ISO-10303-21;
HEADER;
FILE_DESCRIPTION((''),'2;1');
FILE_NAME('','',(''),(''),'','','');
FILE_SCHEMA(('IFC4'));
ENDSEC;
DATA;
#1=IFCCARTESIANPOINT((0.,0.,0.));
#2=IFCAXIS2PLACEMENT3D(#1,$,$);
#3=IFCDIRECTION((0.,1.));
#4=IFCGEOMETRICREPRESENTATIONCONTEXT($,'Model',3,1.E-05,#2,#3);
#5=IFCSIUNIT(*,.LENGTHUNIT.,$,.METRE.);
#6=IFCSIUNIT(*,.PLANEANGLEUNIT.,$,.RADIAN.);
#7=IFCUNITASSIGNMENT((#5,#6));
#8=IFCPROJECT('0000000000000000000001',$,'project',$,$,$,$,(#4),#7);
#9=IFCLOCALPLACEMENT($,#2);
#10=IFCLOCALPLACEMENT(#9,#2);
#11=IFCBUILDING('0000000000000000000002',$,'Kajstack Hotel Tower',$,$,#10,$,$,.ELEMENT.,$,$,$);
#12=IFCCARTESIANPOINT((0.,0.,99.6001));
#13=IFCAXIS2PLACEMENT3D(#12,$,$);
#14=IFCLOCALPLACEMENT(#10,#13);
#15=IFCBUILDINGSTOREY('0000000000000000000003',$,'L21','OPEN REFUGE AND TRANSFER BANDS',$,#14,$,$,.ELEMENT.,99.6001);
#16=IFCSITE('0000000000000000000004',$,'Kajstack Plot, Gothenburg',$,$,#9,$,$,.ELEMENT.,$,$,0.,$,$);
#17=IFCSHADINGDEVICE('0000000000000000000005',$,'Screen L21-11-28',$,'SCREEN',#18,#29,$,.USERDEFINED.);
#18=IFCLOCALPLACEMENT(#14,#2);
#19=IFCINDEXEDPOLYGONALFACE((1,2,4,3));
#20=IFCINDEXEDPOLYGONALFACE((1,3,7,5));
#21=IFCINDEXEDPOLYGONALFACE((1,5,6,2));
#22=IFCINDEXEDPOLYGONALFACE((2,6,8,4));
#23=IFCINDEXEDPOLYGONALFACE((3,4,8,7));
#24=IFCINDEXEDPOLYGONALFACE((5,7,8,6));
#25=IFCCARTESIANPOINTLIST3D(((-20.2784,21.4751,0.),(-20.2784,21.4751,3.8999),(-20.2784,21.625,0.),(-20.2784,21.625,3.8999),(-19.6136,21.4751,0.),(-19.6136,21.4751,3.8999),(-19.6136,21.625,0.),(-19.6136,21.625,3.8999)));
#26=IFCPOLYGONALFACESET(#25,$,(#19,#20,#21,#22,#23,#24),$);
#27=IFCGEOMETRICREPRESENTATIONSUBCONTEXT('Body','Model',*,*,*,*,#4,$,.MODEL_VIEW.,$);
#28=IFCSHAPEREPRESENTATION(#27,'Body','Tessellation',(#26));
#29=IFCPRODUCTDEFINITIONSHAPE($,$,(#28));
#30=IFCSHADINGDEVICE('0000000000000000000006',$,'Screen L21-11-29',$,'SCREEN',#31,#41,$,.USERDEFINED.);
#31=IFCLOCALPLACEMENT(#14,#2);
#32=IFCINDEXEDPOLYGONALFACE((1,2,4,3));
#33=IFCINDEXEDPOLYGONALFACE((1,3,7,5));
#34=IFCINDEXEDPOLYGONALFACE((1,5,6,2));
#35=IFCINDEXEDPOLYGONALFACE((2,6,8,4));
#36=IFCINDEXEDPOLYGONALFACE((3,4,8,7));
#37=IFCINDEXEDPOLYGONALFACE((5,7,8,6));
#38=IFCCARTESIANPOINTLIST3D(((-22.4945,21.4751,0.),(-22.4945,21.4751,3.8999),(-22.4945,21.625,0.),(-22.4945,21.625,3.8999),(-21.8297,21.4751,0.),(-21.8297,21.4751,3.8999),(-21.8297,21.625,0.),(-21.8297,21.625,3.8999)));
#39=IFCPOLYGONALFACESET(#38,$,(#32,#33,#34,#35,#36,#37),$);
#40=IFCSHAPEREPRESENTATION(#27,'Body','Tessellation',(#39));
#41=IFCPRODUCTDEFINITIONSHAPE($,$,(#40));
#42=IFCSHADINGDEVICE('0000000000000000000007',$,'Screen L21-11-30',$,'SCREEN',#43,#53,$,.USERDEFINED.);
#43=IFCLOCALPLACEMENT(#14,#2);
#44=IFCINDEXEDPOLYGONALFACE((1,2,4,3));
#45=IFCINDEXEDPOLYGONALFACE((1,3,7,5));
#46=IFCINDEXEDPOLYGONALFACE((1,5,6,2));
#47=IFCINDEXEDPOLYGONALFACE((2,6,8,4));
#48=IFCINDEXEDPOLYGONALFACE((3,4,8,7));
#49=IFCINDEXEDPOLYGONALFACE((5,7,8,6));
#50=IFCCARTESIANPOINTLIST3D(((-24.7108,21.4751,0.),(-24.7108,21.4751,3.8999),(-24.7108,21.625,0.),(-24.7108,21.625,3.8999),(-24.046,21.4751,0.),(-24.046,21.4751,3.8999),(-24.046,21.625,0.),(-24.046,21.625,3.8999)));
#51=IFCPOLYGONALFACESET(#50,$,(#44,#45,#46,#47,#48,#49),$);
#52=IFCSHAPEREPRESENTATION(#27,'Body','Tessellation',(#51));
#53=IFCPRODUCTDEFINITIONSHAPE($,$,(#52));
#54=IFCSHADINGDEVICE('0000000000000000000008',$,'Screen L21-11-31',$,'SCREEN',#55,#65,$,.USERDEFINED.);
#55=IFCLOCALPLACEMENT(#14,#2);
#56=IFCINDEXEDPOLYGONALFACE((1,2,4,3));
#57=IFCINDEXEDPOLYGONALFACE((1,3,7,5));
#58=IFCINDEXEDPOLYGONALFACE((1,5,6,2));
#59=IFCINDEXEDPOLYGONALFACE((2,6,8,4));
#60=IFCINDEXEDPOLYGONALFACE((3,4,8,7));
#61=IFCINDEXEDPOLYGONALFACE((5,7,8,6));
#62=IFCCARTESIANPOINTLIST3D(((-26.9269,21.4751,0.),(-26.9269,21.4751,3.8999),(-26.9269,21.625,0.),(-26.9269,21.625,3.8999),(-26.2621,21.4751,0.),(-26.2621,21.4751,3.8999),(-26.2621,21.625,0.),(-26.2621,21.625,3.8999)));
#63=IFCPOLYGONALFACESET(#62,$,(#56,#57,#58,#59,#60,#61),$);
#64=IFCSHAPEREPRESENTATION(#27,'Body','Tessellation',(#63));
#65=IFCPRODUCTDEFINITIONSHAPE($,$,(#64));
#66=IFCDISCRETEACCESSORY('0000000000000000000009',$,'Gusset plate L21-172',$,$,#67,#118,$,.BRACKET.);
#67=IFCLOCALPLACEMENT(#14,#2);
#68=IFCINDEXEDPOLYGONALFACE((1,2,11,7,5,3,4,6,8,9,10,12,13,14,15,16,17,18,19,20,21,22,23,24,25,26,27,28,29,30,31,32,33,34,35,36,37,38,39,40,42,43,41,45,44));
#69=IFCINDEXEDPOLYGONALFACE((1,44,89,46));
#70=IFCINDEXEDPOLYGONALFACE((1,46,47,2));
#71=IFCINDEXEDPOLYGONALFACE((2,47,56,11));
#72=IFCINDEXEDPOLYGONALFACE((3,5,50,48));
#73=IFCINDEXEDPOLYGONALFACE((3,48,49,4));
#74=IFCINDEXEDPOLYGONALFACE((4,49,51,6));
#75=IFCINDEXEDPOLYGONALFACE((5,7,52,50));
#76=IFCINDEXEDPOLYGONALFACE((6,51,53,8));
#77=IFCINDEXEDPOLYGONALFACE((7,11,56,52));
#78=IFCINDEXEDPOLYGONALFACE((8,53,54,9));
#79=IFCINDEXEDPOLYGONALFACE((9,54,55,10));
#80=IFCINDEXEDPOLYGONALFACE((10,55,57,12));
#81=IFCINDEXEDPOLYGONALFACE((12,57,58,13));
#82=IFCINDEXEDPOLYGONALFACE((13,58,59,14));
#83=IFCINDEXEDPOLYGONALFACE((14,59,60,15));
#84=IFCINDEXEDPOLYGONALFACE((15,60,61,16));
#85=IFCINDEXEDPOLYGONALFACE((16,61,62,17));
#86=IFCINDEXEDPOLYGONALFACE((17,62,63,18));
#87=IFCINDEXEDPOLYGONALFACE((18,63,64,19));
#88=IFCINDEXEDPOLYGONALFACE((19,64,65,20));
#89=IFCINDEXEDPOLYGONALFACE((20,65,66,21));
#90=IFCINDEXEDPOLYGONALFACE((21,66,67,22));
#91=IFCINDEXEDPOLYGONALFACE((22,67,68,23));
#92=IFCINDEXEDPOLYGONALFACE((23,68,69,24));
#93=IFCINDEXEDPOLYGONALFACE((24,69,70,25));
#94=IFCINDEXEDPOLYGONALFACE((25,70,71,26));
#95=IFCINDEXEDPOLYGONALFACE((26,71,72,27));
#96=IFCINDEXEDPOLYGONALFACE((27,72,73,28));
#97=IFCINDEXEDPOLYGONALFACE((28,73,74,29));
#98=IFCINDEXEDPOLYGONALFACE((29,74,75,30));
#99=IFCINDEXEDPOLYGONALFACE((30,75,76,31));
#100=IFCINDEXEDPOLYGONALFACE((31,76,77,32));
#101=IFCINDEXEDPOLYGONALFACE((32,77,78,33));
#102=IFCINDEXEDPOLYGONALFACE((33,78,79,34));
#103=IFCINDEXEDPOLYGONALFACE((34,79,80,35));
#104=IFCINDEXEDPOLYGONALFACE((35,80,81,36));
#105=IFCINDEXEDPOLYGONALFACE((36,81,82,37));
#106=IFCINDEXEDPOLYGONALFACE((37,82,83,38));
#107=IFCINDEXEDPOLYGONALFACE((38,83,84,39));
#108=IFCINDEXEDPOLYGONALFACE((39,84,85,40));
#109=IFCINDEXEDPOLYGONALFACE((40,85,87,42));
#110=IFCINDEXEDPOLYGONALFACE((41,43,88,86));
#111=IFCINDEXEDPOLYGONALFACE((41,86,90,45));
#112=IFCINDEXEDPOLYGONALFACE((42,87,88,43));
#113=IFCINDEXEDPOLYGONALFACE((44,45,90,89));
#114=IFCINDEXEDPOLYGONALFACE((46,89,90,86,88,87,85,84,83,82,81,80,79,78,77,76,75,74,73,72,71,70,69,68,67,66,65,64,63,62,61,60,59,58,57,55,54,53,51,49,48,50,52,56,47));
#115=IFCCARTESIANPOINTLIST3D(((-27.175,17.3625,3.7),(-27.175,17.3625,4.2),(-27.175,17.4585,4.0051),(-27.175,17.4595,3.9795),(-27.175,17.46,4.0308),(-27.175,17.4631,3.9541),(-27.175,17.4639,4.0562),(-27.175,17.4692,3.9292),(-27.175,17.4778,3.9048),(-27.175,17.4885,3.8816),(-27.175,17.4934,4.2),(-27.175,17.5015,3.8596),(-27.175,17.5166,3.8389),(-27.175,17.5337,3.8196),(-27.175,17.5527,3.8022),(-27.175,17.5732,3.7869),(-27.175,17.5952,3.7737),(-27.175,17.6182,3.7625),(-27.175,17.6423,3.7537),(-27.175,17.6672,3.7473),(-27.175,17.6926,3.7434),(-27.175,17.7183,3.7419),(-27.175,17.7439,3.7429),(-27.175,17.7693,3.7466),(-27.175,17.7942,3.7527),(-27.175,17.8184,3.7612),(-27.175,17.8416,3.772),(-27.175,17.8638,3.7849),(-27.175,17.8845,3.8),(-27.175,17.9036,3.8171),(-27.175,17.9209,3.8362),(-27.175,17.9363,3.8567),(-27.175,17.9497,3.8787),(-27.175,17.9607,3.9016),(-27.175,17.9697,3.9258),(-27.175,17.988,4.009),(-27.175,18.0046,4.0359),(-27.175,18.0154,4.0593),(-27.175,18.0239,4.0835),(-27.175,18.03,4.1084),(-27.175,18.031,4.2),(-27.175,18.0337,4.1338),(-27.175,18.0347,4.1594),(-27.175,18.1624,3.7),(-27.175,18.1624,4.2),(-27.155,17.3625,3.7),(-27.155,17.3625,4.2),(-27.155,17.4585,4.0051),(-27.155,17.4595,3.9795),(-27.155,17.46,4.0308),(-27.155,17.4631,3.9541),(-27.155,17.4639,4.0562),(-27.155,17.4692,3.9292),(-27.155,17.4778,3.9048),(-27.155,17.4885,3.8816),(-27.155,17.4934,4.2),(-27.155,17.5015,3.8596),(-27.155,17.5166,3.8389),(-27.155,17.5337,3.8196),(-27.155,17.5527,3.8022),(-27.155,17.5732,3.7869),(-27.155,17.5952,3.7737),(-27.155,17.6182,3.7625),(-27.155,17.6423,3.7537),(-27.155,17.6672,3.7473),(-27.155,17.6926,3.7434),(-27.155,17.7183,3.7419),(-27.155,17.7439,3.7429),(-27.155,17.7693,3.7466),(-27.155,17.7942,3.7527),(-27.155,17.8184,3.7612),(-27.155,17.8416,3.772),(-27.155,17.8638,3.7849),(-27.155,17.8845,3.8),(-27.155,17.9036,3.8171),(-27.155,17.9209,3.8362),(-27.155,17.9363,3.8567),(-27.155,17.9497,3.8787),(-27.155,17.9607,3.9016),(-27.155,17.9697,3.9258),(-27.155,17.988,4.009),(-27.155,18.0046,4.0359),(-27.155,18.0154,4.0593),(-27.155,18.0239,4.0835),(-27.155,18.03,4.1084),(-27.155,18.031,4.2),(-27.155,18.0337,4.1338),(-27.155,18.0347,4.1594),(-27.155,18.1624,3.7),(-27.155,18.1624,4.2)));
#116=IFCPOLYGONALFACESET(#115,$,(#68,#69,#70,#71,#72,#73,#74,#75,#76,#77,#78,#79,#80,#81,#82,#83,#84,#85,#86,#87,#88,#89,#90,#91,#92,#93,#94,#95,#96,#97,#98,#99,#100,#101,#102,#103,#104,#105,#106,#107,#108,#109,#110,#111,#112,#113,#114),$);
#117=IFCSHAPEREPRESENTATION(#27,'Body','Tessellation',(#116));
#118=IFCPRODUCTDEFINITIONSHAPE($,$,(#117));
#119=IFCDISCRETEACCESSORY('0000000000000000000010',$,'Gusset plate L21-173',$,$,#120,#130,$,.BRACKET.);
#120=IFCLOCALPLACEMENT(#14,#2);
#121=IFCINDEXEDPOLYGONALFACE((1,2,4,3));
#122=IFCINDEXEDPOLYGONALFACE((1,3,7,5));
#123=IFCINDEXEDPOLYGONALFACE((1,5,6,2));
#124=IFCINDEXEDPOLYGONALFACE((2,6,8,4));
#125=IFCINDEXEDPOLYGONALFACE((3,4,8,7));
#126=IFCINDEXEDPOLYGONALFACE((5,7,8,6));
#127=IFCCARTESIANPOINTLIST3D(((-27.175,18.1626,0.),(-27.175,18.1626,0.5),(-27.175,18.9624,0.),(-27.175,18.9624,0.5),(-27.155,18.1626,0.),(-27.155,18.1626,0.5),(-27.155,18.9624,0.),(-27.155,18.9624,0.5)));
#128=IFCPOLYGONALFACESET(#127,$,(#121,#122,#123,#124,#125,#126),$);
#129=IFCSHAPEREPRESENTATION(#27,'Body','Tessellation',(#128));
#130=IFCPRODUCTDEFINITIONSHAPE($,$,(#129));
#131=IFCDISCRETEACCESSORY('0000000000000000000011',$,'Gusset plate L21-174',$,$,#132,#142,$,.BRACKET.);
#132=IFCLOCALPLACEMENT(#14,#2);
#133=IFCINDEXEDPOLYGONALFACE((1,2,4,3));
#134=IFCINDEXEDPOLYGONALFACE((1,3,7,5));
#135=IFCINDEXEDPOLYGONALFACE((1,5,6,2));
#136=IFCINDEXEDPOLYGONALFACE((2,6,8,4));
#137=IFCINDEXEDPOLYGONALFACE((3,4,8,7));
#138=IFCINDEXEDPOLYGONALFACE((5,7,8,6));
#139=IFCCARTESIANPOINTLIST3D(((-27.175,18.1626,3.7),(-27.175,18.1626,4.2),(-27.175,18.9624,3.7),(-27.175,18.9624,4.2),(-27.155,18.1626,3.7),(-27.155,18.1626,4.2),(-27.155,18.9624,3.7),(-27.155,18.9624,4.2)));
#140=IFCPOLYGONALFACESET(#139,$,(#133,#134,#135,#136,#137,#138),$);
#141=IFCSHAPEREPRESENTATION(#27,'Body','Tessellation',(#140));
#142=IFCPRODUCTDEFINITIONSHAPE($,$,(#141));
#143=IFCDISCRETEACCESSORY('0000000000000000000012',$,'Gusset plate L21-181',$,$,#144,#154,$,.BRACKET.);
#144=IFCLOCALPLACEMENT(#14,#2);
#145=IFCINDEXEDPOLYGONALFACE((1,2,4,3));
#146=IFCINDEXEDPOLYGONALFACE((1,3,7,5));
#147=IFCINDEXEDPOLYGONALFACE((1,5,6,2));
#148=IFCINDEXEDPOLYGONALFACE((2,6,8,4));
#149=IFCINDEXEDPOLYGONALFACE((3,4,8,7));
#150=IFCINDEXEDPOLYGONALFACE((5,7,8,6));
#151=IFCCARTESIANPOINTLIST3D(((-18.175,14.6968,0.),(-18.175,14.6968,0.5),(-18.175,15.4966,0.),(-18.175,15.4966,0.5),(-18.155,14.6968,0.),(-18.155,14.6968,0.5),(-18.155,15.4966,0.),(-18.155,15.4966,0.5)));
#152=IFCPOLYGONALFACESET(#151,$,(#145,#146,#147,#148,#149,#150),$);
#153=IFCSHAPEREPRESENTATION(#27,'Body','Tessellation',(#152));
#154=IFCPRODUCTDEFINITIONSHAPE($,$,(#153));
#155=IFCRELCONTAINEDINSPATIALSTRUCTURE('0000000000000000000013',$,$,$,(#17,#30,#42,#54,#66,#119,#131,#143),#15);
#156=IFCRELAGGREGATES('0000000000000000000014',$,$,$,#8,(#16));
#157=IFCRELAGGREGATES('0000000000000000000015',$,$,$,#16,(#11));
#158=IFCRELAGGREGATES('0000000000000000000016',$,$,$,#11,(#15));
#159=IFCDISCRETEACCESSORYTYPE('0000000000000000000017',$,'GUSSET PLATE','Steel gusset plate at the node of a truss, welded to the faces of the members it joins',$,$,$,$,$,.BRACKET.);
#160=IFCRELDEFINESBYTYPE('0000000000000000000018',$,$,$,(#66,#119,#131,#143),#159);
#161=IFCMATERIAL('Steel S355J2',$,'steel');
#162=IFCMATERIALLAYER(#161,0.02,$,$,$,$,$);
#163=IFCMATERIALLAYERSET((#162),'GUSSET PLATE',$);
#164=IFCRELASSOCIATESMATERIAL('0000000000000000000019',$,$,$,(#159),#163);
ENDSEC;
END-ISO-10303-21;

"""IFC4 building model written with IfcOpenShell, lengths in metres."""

from ifc_helpers import new_model, si_unit, direction, frame, origin, origin_2d, place, context, subcontext, project, spatial, polyline, rectangle, outline, extrude, material, layer, layer_set, type_object, element, save


model = new_model("IFC4")

# Units and contexts
model_context = context("Model", 3, precision=1e-05, world=origin(), true_north=direction((0.0, 1.0)))
body_context = subcontext(model_context, "Body", "Model", "MODEL_VIEW")
ifc_project = project(units=[si_unit("LENGTHUNIT", "METRE"), si_unit("PLANEANGLEUNIT", "RADIAN")], contexts=[model_context])

# Site, building, storey
site_placement = place(None, origin())
site = spatial("IfcSite", under=ifc_project, at=site_placement, Name="Kajstack Plot, Gothenburg", CompositionType="ELEMENT", RefElevation=0.0)
building_placement = place(site_placement, origin())
building = spatial("IfcBuilding", under=site, at=building_placement, Name="Kajstack Hotel Tower", CompositionType="ELEMENT")
storey_placement = place(building_placement, frame((0.0, 0.0, 99.6001)))
storey = spatial("IfcBuildingStorey", under=building, at=storey_placement, Name="L21", Description="OPEN REFUGE AND TRANSFER BANDS", CompositionType="ELEMENT", Elevation=99.6001)

# Shared definitions
ifc_material = material(Name="Steel S355J2", Category="steel")

# Shading devices
for number, where, z_axis, x_axis, name in (
    (1, (-19.946, 21.55, 0.0), (0.0, 0.0, 1.0), (-1.0, 0.0, 0.0), "Screen L21-11-28"),
    (2, (-22.1621, 21.55, 0.0), (0.0, 0.0, 1.0), (-1.0, 0.0, 0.0), "Screen L21-11-29"),
    (3, (-24.3784, 21.55, 0.0), (0.0, 0.0, 1.0), (-1.0, 0.0, 0.0), "Screen L21-11-30"),
    (4, (-26.5945, 21.55, 0.0), (0.0, 0.0, 1.0), (-1.0, 0.0, 0.0), "Screen L21-11-31"),
):
    element("IfcShadingDevice", number, at=place(storey_placement, frame(where, z_axis=z_axis, x_axis=x_axis)), inside=storey, Name=name, ObjectType="SCREEN", PredefinedType="USERDEFINED", context=body_context, shape_type="SweptSolid", body=[
        extrude(rectangle(XDim=0.6648, YDim=0.1499, at=origin_2d()), origin(), (0.0, 0.0, 1.0), 3.8999),
    ])

# Discrete accessories
ifc_layer = layer(ifc_material, 0.02)
ifc_layer_set = layer_set([ifc_layer], Name="GUSSET PLATE")
discrete_accessory_type = type_object("IfcDiscreteAccessoryType", Name="GUSSET PLATE", Description="Steel gusset plate at the node of a truss, welded to the faces of the members it joins", PredefinedType="BRACKET", material=ifc_layer_set)
discrete_accessory_1_placement = place(storey_placement, frame((-27.175, 17.7625, 3.7), z_axis=(1.0, 0.0, 0.0), x_axis=(0.0, 1.0, 0.0)))
element("IfcDiscreteAccessory", 5, at=discrete_accessory_1_placement, inside=storey, type_object=discrete_accessory_type, Name="Gusset plate L21-172", PredefinedType="BRACKET", context=body_context, shape_type="SweptSolid", body=[
    extrude(outline(polyline([(0.3999, 0.5), (0.2686, 0.5), (0.2722, 0.4595), (0.2712, 0.4338), (0.2676, 0.4084), (0.2615, 0.3835), (0.2529, 0.3594), (0.2422, 0.3359), (0.2256, 0.3091), (0.2073, 0.2258), (0.1982, 0.2017), (0.1873, 0.1787), (0.1738, 0.1567), (0.1584, 0.1362), (0.1411, 0.1172), (0.1221, 0.1001), (0.1013, 0.085), (0.0791, 0.072), (0.0559, 0.0613), (0.0317, 0.0527), (0.0068, 0.0466), (-0.0186, 0.043), (-0.0442, 0.042), (-0.0698, 0.0435), (-0.0952, 0.0474), (-0.1201, 0.0537), (-0.1443, 0.0625), (-0.1672, 0.0737), (-0.1892, 0.0869), (-0.2097, 0.1023), (-0.2288, 0.1196), (-0.2458, 0.1389), (-0.261, 0.1597), (-0.2739, 0.1816), (-0.2847, 0.2048), (-0.2932, 0.2292), (-0.2993, 0.2542), (-0.303, 0.2795), (-0.304, 0.3052), (-0.3025, 0.3308), (-0.2986, 0.3562), (-0.269, 0.5), (-0.3999, 0.5), (-0.3999, 0.0), (0.3999, 0.0), (0.3999, 0.5)])), origin(), (0.0, 0.0, 1.0), 0.02),
])
for number, where, z_axis, x_axis, name in (
    (6, (-27.175, 18.5625, 0.0), (1.0, 0.0, 0.0), (0.0, 1.0, 0.0), "Gusset plate L21-173"),
    (7, (-27.175, 18.5625, 3.7), (1.0, 0.0, 0.0), (0.0, 1.0, 0.0), "Gusset plate L21-174"),
    (8, (-18.175, 15.0967, 0.0), (1.0, 0.0, 0.0), (0.0, 1.0, 0.0), "Gusset plate L21-181"),
):
    element("IfcDiscreteAccessory", number, at=place(storey_placement, frame(where, z_axis=z_axis, x_axis=x_axis)), inside=storey, type_object=discrete_accessory_type, Name=name, PredefinedType="BRACKET", context=body_context, shape_type="SweptSolid", body=[
        extrude(outline(polyline([(-0.3999, 0.0), (0.3999, 0.0), (0.3999, 0.5), (-0.3999, 0.5), (-0.3999, 0.0)])), origin(), (0.0, 0.0, 1.0), 0.02),
    ])

save(model, "model.ifc")
